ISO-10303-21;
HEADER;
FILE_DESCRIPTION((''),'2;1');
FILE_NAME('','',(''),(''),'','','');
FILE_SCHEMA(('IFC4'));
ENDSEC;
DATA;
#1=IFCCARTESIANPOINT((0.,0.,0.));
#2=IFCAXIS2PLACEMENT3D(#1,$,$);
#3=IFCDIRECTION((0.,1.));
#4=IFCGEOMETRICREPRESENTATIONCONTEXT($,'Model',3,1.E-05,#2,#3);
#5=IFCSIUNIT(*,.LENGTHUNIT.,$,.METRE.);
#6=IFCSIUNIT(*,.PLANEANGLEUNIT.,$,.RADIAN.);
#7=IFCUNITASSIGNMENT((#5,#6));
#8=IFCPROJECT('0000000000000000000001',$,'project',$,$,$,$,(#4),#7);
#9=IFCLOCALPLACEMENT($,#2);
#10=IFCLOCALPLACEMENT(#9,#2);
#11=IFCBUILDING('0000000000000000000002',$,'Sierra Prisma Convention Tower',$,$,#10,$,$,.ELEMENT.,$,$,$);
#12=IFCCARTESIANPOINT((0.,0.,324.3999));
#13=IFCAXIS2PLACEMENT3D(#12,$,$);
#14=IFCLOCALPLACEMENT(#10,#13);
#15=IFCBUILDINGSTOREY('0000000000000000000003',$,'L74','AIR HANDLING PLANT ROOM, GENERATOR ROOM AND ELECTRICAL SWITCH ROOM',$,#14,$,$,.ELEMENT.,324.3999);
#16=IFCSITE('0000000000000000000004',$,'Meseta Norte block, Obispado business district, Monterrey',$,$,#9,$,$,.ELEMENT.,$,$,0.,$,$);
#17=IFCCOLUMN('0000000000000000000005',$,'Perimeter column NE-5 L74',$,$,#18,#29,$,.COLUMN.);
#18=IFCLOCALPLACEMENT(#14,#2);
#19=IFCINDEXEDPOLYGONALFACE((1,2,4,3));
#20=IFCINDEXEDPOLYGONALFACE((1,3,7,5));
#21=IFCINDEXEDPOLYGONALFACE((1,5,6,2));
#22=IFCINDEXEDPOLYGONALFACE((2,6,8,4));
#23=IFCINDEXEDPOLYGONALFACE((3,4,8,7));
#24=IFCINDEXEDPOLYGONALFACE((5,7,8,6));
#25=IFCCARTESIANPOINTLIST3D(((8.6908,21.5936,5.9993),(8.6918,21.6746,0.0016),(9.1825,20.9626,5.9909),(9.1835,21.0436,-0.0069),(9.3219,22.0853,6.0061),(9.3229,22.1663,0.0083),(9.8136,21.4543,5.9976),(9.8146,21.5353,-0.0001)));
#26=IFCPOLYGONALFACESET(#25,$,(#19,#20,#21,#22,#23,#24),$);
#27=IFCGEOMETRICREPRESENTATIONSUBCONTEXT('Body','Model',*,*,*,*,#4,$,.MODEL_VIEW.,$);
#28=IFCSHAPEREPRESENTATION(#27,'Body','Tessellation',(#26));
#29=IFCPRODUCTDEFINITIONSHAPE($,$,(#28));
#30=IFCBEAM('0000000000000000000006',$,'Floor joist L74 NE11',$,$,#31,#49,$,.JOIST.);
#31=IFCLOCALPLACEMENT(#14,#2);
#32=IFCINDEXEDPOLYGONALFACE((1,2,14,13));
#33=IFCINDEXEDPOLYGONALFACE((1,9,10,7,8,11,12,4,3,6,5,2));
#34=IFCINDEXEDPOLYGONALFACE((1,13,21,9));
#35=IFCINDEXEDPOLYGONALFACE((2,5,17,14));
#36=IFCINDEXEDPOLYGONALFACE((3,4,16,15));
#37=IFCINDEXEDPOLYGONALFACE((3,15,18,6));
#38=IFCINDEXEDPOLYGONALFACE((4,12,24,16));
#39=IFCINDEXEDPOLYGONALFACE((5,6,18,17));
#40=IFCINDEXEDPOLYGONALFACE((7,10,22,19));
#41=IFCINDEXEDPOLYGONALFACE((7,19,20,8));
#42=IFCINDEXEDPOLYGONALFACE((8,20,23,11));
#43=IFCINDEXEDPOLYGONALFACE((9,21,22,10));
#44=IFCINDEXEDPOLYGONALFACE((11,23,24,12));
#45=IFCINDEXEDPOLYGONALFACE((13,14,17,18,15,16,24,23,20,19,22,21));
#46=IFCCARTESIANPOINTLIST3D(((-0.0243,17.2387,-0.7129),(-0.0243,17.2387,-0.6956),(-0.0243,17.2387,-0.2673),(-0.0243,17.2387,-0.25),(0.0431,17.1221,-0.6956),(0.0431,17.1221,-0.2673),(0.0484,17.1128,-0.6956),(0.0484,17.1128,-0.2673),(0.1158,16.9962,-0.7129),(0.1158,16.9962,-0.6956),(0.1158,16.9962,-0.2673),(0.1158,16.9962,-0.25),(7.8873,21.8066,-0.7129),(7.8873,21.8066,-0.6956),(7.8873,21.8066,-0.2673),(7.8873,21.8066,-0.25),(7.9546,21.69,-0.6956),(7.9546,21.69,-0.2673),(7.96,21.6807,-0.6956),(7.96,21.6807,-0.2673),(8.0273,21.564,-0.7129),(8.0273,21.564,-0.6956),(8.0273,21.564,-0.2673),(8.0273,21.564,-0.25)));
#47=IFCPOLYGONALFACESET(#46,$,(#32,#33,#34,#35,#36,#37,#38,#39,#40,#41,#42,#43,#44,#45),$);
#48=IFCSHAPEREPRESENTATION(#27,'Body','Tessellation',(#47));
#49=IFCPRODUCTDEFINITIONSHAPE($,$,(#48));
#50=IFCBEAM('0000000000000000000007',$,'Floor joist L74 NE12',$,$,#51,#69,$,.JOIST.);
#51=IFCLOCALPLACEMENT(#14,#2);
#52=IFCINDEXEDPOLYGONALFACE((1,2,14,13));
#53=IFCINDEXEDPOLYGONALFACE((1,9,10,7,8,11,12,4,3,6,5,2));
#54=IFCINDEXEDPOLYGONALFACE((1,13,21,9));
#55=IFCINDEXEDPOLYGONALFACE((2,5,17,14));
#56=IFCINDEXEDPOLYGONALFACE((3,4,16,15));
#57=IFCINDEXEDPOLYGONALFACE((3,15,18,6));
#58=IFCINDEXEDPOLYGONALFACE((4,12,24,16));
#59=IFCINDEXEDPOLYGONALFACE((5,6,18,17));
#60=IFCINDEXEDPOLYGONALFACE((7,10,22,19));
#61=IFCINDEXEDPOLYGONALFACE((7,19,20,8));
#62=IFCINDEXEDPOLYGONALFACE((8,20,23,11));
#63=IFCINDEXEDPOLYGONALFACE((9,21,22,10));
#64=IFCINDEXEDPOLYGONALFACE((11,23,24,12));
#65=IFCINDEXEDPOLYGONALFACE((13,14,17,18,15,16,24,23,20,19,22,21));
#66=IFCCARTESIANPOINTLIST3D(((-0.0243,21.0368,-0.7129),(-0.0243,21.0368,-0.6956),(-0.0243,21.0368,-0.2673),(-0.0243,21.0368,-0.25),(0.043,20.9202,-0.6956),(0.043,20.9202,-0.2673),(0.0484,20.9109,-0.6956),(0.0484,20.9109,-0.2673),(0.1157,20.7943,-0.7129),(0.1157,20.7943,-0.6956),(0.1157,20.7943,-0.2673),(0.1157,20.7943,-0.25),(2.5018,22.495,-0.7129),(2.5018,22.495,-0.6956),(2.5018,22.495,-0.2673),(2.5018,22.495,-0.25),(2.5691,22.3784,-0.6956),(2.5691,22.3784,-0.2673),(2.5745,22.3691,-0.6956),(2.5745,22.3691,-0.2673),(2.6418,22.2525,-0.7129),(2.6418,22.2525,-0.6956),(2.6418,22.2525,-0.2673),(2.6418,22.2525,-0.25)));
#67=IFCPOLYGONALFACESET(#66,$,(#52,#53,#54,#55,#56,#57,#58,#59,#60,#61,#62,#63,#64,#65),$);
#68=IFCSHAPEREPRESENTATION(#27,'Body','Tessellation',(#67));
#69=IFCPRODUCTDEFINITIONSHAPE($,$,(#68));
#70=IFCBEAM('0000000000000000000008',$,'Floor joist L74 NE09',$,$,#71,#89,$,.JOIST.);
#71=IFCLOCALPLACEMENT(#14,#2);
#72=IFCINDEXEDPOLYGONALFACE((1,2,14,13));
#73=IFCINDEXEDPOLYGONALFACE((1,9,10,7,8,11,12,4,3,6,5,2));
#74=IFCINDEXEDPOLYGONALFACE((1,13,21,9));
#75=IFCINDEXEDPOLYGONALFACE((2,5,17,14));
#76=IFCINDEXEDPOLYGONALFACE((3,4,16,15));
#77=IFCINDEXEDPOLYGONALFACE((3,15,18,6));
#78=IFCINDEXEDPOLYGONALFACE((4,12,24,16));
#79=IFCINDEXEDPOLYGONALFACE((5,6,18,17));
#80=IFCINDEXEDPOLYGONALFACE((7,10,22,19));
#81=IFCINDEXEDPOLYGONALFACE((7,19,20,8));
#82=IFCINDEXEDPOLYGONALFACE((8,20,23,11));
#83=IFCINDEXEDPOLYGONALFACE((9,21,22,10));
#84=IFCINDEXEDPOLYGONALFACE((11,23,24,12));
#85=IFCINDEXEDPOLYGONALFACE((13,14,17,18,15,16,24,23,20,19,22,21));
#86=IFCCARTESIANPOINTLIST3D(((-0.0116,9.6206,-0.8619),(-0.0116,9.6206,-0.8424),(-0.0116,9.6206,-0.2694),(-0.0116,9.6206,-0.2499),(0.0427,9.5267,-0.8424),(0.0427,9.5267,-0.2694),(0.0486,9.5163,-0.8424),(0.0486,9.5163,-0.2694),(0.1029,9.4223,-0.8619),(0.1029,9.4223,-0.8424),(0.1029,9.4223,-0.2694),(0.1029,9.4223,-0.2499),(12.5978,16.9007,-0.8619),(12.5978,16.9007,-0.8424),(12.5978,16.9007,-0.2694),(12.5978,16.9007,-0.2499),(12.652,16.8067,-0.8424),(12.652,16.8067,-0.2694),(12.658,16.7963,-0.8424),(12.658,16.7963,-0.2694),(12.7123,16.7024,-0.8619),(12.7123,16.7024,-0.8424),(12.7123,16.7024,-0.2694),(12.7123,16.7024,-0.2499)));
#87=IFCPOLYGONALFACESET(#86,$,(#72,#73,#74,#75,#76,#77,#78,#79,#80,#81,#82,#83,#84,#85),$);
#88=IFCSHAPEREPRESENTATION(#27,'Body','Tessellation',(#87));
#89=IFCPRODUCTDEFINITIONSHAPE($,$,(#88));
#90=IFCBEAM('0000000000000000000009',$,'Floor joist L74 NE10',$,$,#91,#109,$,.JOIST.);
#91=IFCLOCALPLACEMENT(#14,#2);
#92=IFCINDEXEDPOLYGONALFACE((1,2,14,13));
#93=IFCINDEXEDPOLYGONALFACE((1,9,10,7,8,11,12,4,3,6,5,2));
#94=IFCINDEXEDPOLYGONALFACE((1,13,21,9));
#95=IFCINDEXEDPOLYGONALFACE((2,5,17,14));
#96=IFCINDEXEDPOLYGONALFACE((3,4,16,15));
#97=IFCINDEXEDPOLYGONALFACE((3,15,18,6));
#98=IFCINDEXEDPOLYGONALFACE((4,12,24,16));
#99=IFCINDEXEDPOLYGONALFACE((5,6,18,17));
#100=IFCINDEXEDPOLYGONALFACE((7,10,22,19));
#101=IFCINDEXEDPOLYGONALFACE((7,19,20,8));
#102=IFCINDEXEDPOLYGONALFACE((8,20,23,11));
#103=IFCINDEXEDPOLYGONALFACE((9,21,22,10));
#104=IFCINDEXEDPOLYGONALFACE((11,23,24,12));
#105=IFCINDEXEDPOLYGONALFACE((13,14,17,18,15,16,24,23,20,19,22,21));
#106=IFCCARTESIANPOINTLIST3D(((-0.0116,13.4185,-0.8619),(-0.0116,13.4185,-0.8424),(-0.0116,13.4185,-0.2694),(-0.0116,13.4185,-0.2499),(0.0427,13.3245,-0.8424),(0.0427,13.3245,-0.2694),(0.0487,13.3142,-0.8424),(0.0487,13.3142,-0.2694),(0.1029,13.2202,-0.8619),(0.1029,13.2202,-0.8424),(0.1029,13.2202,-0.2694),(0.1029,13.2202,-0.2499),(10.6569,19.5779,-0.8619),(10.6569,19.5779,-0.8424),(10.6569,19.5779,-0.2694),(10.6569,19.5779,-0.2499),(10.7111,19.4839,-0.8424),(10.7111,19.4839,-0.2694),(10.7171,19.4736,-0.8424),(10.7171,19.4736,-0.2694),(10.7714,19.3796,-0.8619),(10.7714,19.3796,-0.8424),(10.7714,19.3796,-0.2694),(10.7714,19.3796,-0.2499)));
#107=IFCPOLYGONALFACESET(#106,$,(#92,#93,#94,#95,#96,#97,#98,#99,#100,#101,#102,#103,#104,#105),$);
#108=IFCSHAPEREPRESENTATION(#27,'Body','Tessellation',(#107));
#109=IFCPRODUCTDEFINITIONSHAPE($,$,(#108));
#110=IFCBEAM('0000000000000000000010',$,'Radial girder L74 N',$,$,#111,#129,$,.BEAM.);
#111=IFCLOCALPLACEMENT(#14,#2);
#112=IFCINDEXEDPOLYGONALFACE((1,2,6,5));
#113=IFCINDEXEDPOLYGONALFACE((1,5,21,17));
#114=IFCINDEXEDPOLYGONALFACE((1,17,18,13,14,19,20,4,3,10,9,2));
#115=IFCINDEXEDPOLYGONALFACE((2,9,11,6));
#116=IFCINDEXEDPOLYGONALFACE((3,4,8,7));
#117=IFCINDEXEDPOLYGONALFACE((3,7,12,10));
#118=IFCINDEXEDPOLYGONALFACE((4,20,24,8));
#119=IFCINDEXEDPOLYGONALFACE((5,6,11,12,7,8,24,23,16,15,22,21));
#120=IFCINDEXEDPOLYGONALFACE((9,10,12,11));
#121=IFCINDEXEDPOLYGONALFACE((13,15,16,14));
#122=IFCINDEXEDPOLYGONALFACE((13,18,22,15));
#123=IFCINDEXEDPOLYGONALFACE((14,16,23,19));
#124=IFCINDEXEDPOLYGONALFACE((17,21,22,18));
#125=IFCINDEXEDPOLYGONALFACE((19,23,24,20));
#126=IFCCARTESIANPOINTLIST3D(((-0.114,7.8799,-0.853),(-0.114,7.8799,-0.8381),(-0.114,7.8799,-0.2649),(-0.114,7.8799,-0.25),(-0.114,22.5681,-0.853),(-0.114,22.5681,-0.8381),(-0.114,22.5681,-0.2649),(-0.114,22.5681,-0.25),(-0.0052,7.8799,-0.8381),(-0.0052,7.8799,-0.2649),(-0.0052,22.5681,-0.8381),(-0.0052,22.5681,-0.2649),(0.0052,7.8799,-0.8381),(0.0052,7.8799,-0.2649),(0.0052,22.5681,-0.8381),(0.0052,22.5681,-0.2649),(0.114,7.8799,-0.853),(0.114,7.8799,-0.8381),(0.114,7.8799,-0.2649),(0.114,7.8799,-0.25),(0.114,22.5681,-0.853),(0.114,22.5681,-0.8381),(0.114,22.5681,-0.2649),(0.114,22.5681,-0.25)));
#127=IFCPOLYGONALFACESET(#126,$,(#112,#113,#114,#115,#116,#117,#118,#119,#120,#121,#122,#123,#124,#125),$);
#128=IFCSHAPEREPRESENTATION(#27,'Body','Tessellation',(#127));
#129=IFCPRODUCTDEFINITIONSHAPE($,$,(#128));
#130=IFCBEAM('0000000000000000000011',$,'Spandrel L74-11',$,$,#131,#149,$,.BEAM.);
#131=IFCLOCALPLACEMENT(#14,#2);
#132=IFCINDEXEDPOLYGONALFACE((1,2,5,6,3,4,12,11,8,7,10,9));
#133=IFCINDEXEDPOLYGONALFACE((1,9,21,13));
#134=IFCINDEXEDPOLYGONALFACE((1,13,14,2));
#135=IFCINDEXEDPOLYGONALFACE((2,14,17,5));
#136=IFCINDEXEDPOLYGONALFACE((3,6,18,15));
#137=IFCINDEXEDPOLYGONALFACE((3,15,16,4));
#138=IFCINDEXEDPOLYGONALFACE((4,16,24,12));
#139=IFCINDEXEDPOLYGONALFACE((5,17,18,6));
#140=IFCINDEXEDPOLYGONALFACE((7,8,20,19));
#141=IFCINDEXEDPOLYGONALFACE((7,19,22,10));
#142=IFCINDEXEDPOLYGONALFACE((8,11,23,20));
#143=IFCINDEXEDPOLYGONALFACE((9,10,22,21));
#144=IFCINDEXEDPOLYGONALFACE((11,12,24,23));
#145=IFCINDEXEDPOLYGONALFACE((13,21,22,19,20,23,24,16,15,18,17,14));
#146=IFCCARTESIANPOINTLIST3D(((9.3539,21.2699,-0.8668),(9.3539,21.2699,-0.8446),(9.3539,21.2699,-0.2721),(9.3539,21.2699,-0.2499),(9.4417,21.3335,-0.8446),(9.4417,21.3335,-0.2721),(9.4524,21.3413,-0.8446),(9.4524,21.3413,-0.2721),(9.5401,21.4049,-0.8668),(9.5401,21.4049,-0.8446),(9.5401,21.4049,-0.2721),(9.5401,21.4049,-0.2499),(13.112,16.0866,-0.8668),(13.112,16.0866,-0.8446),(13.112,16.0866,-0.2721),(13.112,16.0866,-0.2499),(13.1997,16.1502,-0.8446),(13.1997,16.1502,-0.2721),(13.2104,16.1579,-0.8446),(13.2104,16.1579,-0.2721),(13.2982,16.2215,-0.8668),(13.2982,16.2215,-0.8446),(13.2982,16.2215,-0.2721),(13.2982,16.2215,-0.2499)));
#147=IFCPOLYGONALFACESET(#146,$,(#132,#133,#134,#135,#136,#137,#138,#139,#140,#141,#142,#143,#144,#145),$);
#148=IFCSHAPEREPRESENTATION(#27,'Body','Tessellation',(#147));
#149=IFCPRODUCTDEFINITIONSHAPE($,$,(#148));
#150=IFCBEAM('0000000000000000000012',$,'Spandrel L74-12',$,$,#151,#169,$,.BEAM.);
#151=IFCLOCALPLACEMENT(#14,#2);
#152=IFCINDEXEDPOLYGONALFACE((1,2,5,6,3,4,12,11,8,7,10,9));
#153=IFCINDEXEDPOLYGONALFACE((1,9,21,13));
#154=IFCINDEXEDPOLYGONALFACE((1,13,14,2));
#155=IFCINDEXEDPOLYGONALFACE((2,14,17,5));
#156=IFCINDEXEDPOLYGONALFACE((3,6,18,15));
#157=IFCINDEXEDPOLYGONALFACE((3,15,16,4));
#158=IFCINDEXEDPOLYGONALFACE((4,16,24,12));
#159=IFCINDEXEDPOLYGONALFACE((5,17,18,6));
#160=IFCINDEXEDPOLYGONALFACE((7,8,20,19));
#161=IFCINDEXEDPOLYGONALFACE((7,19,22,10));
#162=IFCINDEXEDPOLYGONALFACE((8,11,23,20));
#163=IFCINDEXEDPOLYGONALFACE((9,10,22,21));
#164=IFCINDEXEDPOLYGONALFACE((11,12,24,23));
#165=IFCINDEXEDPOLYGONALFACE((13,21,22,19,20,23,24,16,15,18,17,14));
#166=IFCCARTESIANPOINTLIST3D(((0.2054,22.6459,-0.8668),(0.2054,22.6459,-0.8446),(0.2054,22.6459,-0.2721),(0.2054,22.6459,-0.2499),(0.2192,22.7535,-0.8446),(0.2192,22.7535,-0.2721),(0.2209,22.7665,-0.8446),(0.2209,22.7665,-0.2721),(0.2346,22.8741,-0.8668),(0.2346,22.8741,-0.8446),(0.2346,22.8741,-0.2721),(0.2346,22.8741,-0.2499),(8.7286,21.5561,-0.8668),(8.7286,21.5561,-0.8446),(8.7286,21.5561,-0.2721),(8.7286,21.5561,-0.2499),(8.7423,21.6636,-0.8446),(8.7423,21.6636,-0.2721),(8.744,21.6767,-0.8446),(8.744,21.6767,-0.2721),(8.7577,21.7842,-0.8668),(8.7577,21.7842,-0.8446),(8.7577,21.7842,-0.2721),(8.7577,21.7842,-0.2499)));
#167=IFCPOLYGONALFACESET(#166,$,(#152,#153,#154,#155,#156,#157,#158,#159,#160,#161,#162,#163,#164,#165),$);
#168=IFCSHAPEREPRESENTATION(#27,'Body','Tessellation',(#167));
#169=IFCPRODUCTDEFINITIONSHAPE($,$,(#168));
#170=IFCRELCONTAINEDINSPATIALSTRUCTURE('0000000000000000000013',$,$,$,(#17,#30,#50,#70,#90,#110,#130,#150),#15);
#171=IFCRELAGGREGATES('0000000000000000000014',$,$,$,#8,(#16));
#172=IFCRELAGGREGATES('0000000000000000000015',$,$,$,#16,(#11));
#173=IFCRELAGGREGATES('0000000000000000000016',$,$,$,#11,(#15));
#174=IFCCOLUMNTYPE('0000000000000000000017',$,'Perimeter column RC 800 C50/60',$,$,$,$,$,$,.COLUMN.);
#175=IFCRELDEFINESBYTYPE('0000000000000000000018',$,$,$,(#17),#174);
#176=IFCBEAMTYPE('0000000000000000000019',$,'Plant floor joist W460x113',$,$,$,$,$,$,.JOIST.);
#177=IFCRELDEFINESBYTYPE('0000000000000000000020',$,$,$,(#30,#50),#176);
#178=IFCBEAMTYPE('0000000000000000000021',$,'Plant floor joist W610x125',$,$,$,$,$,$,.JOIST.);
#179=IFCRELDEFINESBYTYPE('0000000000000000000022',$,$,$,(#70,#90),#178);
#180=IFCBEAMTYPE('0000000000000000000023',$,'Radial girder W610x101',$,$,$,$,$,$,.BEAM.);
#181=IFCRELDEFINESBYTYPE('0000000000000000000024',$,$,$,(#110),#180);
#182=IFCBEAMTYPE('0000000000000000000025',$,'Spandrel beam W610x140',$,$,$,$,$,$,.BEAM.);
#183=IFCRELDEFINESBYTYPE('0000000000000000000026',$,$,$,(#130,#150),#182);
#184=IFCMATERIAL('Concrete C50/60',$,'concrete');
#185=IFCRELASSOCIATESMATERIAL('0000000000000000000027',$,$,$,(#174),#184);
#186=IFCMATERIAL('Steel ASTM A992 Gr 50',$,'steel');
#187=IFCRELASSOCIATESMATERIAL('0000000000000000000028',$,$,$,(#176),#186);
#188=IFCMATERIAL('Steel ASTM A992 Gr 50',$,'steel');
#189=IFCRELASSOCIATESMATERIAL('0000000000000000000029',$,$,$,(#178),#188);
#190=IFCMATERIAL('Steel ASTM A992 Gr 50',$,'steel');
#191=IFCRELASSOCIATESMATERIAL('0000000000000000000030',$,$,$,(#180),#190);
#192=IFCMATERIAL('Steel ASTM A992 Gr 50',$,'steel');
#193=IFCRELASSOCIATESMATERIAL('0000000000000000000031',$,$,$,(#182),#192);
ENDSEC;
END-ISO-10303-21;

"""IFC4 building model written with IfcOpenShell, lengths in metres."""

from ifc_helpers import new_model, si_unit, direction, frame, origin, origin_2d, place, context, subcontext, project, spatial, rectangle, i_section, extrude, clip, halfspace, material, material_profile, profile_set, type_object, element, save


model = new_model("IFC4")

# Units and contexts
model_context = context("Model", 3, precision=1e-05, world=origin(), true_north=direction((0.0, 1.0)))
body_context = subcontext(model_context, "Body", "Model", "MODEL_VIEW")
ifc_project = project(units=[si_unit("LENGTHUNIT", "METRE"), si_unit("PLANEANGLEUNIT", "RADIAN")], contexts=[model_context])

# Site, building, storey
site_placement = place(None, origin())
site = spatial("IfcSite", under=ifc_project, at=site_placement, Name="Meseta Norte block, Obispado business district, Monterrey", CompositionType="ELEMENT", RefElevation=0.0)
building_placement = place(site_placement, origin())
building = spatial("IfcBuilding", under=site, at=building_placement, Name="Sierra Prisma Convention Tower", CompositionType="ELEMENT")
storey_placement = place(building_placement, frame((0.0, 0.0, 324.3999)))
storey = spatial("IfcBuildingStorey", under=building, at=storey_placement, Name="L74", Description="AIR HANDLING PLANT ROOM, GENERATOR ROOM AND ELECTRICAL SWITCH ROOM", CompositionType="ELEMENT", Elevation=324.3999)

# Column
ifc_material_1 = material(Name="Concrete C50/60", Category="concrete")
ifc_material_profile_1 = material_profile(ifc_material_1, rectangle(XDim=0.8, YDim=0.8, at=origin_2d()), Name="Perimeter column RC 800 C50/60")
ifc_profile_set_1 = profile_set([ifc_material_profile_1], Name="Concrete C50/60")
column_type = type_object("IfcColumnType", Name="Perimeter column RC 800 C50/60", PredefinedType="COLUMN", material=ifc_profile_set_1)
column_placement = place(storey_placement, frame((9.2532, 21.605, 0.0), z_axis=(-0.000163, -0.013508, 0.999909), x_axis=(-0.614623, 0.788751, 0.010555)))
element("IfcColumn", 1, at=column_placement, inside=storey, type_object=column_type, Name="Perimeter column NE-5 L74", PredefinedType="COLUMN", context=body_context, shape_type="SweptSolid", body=[
    clip(clip(extrude(rectangle(XDim=0.8, YDim=0.8, at=origin_2d()), origin(), (0.0, 0.0, 1.0), 6.0005), halfspace(frame((0.0, 0.0, 0.0007)), True)), halfspace(frame((0.0, 0.0, 5.999)), False)),
])

# Beams
ifc_material_2 = material(Name="Steel ASTM A992 Gr 50", Category="steel")
ifc_material_profile_2 = material_profile(ifc_material_2, i_section(OverallWidth=0.28, OverallDepth=0.4629, WebThickness=0.0107, FlangeThickness=0.0173, at=origin_2d()), Name="W460x113")
ifc_profile_set_2 = profile_set([ifc_material_profile_2], Name="Steel ASTM A992 Gr 50")
beam_type_1 = type_object("IfcBeamType", Name="Plant floor joist W460x113", PredefinedType="JOIST", material=ifc_profile_set_2)
beam_1_placement = place(storey_placement, frame((7.9573, 21.6853, -0.4814), z_axis=(-0.866021, -0.500008, 0.0), x_axis=(0.500008, -0.866021, 0.0)))
element("IfcBeam", 2, at=beam_1_placement, inside=storey, type_object=beam_type_1, Name="Floor joist L74 NE11", PredefinedType="JOIST", context=body_context, shape_type="SweptSolid", body=[
    extrude(i_section(OverallWidth=0.28, OverallDepth=0.4629, WebThickness=0.0107, FlangeThickness=0.0173, at=origin_2d()), origin(), (0.0, 0.0, 1.0), 9.1355),
])
beam_2_placement = place(storey_placement, frame((2.5718, 22.3738, -0.4814), z_axis=(-0.866056, -0.499947, 0.0), x_axis=(0.499947, -0.866056, 0.0)))
element("IfcBeam", 3, at=beam_2_placement, inside=storey, type_object=beam_type_1, Name="Floor joist L74 NE12", PredefinedType="JOIST", context=body_context, shape_type="SweptSolid", body=[
    extrude(i_section(OverallWidth=0.28, OverallDepth=0.4629, WebThickness=0.0107, FlangeThickness=0.0173, at=origin_2d()), origin(), (0.0, 0.0, 1.0), 2.9167),
])
ifc_material_3 = material(Name="Steel ASTM A992 Gr 50", Category="steel")
ifc_material_profile_3 = material_profile(ifc_material_3, i_section(OverallWidth=0.229, OverallDepth=0.6121, WebThickness=0.012, FlangeThickness=0.0195, at=origin_2d()), Name="W610x125")
ifc_profile_set_3 = profile_set([ifc_material_profile_3], Name="Steel ASTM A992 Gr 50")
beam_type_2 = type_object("IfcBeamType", Name="Plant floor joist W610x125", PredefinedType="JOIST", material=ifc_profile_set_3)
beam_3_placement = place(storey_placement, frame((12.655, 16.8015, -0.5559), z_axis=(-0.866025, -0.5, 0.0), x_axis=(0.5, -0.866025, 0.0)))
element("IfcBeam", 4, at=beam_3_placement, inside=storey, type_object=beam_type_2, Name="Floor joist L74 NE09", PredefinedType="JOIST", context=body_context, shape_type="SweptSolid", body=[
    extrude(i_section(OverallWidth=0.229, OverallDepth=0.6121, WebThickness=0.012, FlangeThickness=0.0195, at=origin_2d()), origin(), (0.0, 0.0, 1.0), 14.5601),
])
beam_4_placement = place(storey_placement, frame((10.7141, 19.4788, -0.5559), z_axis=(-0.866026, -0.499999, 0.0), x_axis=(0.499999, -0.866026, 0.0)))
element("IfcBeam", 5, at=beam_4_placement, inside=storey, type_object=beam_type_2, Name="Floor joist L74 NE10", PredefinedType="JOIST", context=body_context, shape_type="SweptSolid", body=[
    extrude(i_section(OverallWidth=0.229, OverallDepth=0.6121, WebThickness=0.012, FlangeThickness=0.0195, at=origin_2d()), origin(), (0.0, 0.0, 1.0), 12.3188),
])
ifc_material_4 = material(Name="Steel ASTM A992 Gr 50", Category="steel")
ifc_material_profile_4 = material_profile(ifc_material_4, i_section(OverallWidth=0.228, OverallDepth=0.603, WebThickness=0.0105, FlangeThickness=0.0149, at=origin_2d()), Name="W610x101")
ifc_profile_set_4 = profile_set([ifc_material_profile_4], Name="Steel ASTM A992 Gr 50")
beam_type_3 = type_object("IfcBeamType", Name="Radial girder W610x101", PredefinedType="BEAM", material=ifc_profile_set_4)
beam_5_placement = place(storey_placement, frame((0.0, 22.5681, -0.5515), z_axis=(0.0, -1.0, 0.0), x_axis=(1.0, 0.0, 0.0)))
element("IfcBeam", 6, at=beam_5_placement, inside=storey, type_object=beam_type_3, Name="Radial girder L74 N", PredefinedType="BEAM", context=body_context, shape_type="SweptSolid", body=[
    extrude(i_section(OverallWidth=0.228, OverallDepth=0.603, WebThickness=0.0105, FlangeThickness=0.0149, at=origin_2d()), origin(), (0.0, 0.0, 1.0), 14.6882),
])
ifc_material_5 = material(Name="Steel ASTM A992 Gr 50", Category="steel")
ifc_material_profile_5 = material_profile(ifc_material_5, i_section(OverallWidth=0.23, OverallDepth=0.6169, WebThickness=0.0132, FlangeThickness=0.0222, at=origin_2d()), Name="W610x140")
ifc_profile_set_5 = profile_set([ifc_material_profile_5], Name="Steel ASTM A992 Gr 50")
beam_type_4 = type_object("IfcBeamType", Name="Spandrel beam W610x140", PredefinedType="BEAM", material=ifc_profile_set_5)
beam_6_placement = place(storey_placement, frame((13.2051, 16.1541, -0.5583), z_axis=(-0.586981, 0.809601, 0.0), x_axis=(-0.809601, -0.586981, 0.0)))
element("IfcBeam", 7, at=beam_6_placement, inside=storey, type_object=beam_type_4, Name="Spandrel L74-11", PredefinedType="BEAM", context=body_context, shape_type="SweptSolid", body=[
    extrude(i_section(OverallWidth=0.23, OverallDepth=0.6169, WebThickness=0.0132, FlangeThickness=0.0222, at=origin_2d()), origin(), (0.0, 0.0, 1.0), 6.4023),
])
beam_7_placement = place(storey_placement, frame((8.7432, 21.6702, -0.5583), z_axis=(-0.991924, 0.126835, 0.0), x_axis=(-0.126835, -0.991924, 0.0)))
element("IfcBeam", 8, at=beam_7_placement, inside=storey, type_object=beam_type_4, Name="Spandrel L74-12", PredefinedType="BEAM", context=body_context, shape_type="SweptSolid", body=[
    extrude(i_section(OverallWidth=0.23, OverallDepth=0.6169, WebThickness=0.0132, FlangeThickness=0.0222, at=origin_2d()), origin(), (0.0, 0.0, 1.0), 8.5925),
])

save(model, "model.ifc")
